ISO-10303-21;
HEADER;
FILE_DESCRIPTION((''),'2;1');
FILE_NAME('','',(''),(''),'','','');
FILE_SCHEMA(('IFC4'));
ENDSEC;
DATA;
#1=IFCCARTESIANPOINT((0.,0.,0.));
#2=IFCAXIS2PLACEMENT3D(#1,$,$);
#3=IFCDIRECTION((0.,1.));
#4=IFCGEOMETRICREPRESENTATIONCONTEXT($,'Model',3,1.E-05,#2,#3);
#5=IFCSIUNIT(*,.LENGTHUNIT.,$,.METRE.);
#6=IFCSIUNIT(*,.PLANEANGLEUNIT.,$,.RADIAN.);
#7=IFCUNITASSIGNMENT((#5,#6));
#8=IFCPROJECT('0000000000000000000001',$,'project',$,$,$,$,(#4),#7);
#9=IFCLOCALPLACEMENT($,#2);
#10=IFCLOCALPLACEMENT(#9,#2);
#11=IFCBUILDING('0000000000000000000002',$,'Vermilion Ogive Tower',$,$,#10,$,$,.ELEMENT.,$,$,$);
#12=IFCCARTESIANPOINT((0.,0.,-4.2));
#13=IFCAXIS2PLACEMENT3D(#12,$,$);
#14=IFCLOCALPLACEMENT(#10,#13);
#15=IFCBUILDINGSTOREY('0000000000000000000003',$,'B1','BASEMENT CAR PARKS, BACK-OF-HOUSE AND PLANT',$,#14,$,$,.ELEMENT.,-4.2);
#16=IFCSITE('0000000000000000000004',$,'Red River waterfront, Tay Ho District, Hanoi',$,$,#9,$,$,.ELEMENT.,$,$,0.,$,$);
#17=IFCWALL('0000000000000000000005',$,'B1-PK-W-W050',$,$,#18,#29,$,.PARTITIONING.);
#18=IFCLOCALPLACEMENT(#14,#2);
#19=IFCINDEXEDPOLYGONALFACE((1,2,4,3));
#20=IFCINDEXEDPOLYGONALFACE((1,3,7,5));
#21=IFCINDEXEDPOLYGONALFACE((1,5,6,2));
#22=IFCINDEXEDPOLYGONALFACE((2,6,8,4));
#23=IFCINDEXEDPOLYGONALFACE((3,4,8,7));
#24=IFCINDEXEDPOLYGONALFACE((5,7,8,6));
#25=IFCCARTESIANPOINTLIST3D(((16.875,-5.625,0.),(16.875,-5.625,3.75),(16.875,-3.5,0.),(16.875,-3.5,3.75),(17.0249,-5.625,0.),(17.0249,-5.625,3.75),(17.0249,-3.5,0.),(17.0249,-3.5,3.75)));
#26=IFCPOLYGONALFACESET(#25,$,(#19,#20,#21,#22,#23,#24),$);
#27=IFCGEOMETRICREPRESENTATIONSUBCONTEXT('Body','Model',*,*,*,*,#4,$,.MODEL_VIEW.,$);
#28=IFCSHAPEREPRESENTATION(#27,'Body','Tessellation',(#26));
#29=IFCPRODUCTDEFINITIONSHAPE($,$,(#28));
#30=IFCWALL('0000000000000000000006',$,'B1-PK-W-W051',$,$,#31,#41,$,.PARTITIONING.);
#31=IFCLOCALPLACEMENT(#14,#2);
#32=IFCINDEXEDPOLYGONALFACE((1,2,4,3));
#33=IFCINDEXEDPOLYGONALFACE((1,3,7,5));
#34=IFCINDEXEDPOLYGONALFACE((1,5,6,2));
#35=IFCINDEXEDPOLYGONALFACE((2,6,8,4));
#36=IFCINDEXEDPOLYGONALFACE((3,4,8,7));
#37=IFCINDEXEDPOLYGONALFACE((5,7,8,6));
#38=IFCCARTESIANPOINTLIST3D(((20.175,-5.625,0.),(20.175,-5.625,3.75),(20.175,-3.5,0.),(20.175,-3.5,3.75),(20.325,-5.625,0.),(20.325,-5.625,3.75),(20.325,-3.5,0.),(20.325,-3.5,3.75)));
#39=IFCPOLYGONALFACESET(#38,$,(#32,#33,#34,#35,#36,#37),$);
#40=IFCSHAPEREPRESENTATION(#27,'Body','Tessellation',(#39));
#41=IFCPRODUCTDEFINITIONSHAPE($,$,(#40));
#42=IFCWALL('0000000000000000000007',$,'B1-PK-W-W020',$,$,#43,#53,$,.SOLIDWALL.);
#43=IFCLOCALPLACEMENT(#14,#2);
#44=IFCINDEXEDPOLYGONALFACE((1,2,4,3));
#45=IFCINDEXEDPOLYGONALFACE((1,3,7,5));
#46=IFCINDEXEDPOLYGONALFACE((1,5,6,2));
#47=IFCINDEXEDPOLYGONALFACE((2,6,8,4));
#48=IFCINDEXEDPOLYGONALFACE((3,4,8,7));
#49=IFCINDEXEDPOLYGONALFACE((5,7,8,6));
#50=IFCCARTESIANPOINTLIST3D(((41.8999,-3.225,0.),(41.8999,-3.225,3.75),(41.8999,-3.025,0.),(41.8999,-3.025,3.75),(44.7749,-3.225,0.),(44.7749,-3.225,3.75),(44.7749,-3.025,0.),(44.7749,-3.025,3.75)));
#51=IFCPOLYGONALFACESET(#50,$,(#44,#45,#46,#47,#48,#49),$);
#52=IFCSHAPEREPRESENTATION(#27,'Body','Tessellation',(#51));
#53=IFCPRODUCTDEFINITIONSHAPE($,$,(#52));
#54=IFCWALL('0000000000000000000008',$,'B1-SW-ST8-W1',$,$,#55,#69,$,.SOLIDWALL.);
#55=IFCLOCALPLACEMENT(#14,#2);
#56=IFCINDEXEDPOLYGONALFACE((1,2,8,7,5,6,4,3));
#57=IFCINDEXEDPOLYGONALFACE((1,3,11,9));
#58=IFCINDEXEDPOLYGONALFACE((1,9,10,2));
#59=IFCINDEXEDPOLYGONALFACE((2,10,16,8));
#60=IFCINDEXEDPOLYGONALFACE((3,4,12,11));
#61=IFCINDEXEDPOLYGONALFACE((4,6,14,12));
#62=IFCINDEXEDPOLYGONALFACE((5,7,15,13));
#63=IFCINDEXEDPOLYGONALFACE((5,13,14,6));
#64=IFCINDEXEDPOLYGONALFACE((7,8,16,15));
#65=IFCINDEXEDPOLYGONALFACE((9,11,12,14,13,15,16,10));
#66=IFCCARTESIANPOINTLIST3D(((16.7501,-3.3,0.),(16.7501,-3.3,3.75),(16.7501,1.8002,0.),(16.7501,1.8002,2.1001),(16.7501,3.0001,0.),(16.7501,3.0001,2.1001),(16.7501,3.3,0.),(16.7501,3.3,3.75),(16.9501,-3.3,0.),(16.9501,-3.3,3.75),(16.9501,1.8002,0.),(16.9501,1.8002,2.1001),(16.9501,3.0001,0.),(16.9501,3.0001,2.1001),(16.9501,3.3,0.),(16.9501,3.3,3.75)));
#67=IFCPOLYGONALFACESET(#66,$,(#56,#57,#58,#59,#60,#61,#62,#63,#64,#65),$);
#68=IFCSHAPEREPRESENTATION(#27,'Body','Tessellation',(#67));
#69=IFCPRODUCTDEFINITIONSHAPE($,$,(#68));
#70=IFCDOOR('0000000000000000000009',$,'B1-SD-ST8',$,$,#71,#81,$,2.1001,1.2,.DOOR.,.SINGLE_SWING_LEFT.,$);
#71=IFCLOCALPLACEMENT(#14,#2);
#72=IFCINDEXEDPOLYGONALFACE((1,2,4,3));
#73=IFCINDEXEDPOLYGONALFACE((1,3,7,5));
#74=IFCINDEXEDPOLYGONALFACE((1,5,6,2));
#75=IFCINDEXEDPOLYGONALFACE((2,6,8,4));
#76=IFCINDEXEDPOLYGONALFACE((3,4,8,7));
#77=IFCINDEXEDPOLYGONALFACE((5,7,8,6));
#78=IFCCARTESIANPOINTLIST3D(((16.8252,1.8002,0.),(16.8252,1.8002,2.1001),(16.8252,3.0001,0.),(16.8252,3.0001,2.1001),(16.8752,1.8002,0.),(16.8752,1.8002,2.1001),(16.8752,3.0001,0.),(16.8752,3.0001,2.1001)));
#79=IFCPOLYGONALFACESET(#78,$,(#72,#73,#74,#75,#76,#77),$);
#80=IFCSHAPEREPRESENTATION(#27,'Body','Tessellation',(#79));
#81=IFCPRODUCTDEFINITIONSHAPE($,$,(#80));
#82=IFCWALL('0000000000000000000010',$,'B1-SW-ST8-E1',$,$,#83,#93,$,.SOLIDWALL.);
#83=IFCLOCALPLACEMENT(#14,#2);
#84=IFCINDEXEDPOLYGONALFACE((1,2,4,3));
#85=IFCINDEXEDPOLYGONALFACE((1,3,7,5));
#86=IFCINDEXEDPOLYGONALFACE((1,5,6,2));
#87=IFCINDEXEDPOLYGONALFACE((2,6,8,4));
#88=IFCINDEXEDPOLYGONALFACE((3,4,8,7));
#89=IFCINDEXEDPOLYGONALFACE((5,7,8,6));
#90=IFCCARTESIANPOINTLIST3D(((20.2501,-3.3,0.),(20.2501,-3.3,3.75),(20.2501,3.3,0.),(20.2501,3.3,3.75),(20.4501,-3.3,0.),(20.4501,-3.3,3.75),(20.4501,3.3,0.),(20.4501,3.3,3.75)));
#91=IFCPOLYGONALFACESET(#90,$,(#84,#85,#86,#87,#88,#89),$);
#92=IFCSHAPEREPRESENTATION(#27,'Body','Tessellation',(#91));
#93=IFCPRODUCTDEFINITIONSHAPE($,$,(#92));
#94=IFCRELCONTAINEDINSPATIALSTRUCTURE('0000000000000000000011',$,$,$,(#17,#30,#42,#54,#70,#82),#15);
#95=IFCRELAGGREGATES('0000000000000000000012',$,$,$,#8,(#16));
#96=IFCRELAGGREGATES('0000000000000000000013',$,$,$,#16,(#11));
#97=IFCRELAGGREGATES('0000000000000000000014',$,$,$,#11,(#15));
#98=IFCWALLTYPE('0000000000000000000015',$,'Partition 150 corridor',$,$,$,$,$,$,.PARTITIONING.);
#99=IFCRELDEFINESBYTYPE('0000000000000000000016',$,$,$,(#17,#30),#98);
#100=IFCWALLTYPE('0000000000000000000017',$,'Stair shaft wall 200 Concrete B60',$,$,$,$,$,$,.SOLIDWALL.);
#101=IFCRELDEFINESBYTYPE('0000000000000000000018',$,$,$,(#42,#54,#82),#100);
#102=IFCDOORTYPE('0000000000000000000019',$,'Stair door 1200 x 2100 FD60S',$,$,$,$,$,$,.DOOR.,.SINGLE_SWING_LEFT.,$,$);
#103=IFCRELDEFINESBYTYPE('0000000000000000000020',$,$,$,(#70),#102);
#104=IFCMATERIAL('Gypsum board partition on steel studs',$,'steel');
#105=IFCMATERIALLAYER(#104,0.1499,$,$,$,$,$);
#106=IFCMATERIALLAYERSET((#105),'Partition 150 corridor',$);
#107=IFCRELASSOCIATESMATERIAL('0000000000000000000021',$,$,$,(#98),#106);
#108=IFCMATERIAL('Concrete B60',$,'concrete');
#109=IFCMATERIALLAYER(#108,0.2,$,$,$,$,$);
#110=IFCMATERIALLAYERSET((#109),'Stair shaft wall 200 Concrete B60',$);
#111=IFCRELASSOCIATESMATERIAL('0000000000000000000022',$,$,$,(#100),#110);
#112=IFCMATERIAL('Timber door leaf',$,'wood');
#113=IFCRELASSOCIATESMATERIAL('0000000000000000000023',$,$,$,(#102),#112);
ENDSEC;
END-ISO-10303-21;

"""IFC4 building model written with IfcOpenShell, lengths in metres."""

from ifc_helpers import new_model, si_unit, direction, frame, frame_2d, origin, place, context, subcontext, project, spatial, rectangle, extrude, material, layer, layer_set, type_object, element, fill, save


model = new_model("IFC4")

# Units and contexts
model_context = context("Model", 3, precision=1e-05, world=origin(), true_north=direction((0.0, 1.0)))
body_context = subcontext(model_context, "Body", "Model", "MODEL_VIEW")
ifc_project = project(units=[si_unit("LENGTHUNIT", "METRE"), si_unit("PLANEANGLEUNIT", "RADIAN")], contexts=[model_context])

# Site, building, storey
site_placement = place(None, origin())
site = spatial("IfcSite", under=ifc_project, at=site_placement, Name="Red River waterfront, Tay Ho District, Hanoi", CompositionType="ELEMENT", RefElevation=0.0)
building_placement = place(site_placement, origin())
building = spatial("IfcBuilding", under=site, at=building_placement, Name="Vermilion Ogive Tower", CompositionType="ELEMENT")
storey_placement = place(building_placement, frame((0.0, 0.0, -4.2)))
storey = spatial("IfcBuildingStorey", under=building, at=storey_placement, Name="B1", Description="BASEMENT CAR PARKS, BACK-OF-HOUSE AND PLANT", CompositionType="ELEMENT", Elevation=-4.2)

# Shared definitions
ifc_material_1 = material(Name="Gypsum board partition on steel studs", Category="steel")
ifc_layer_1 = layer(ifc_material_1, 0.1499)
ifc_layer_set_1 = layer_set([ifc_layer_1], Name="Partition 150 corridor")
wall_type_1 = type_object("IfcWallType", Name="Partition 150 corridor", PredefinedType="PARTITIONING", material=ifc_layer_set_1)

# Walls
for number, where, z_axis, x_axis, name in (
    (1, (16.95, -5.625, 0.0), (0.0, 0.0, 1.0), (0.0, 1.0, 0.0), "B1-PK-W-W050"),
    (2, (20.25, -5.625, 0.0), (0.0, 0.0, 1.0), (0.0, 1.0, 0.0), "B1-PK-W-W051"),
):
    element("IfcWall", number, at=place(storey_placement, frame(where, z_axis=z_axis, x_axis=x_axis)), inside=storey, type_object=wall_type_1, Name=name, PredefinedType="PARTITIONING", context=body_context, shape_type="SweptSolid", body=[
        extrude(rectangle(XDim=2.125, YDim=0.1499, at=frame_2d((1.0625, 0.0))), origin(), (0.0, 0.0, 1.0), 3.75),
    ])
ifc_material_2 = material(Name="Concrete B60", Category="concrete")
ifc_layer_2 = layer(ifc_material_2, 0.2)
ifc_layer_set_2 = layer_set([ifc_layer_2], Name="Stair shaft wall 200 Concrete B60")
wall_type_2 = type_object("IfcWallType", Name="Stair shaft wall 200 Concrete B60", PredefinedType="SOLIDWALL", material=ifc_layer_set_2)
wall_1_placement = place(storey_placement, frame((41.8999, -3.125, 0.0), z_axis=(0.0, 0.0, 1.0), x_axis=(1.0, 0.0, 0.0)))
element("IfcWall", 3, at=wall_1_placement, inside=storey, type_object=wall_type_2, Name="B1-PK-W-W020", PredefinedType="SOLIDWALL", context=body_context, shape_type="SweptSolid", body=[
    extrude(rectangle(XDim=2.875, YDim=0.2, at=frame_2d((1.4375, 0.0))), origin(), (0.0, 0.0, 1.0), 3.75),
])

# Wall, opening, door
wall_2_placement = place(storey_placement, frame((16.8501, -3.3, 0.0), z_axis=(0.0, 0.0, 1.0), x_axis=(0.0, 1.0, 0.0)))
wall_2 = element("IfcWall", 4, at=wall_2_placement, inside=storey, type_object=wall_type_2, Name="B1-SW-ST8-W1", PredefinedType="SOLIDWALL", context=body_context, shape_type="SweptSolid", body=[
    extrude(rectangle(XDim=6.6001, YDim=0.2, at=frame_2d((3.3, 0.0))), origin(), (0.0, 0.0, 1.0), 3.75),
])
opening_1_placement = place(wall_2_placement, frame((5.1001, 0.0, 0.0)))
opening_1 = element("IfcOpeningElement", 5, at=opening_1_placement, cuts=wall_2, PredefinedType="OPENING", context=body_context, shape_type="SweptSolid", body=[
    extrude(rectangle(XDim=1.2, YDim=2.1001, at=frame_2d((0.6001, 1.05))), frame((0.0, 0.1099, 0.0), z_axis=(0.0, -1.0, 0.0), x_axis=(1.0, 0.0, 0.0)), (0.0, 0.0, 1.0), 0.22),
])
ifc_material_3 = material(Name="Timber door leaf", Category="wood")
door_type_1 = type_object("IfcDoorType", Name="Stair door 1200 x 2100 FD60S", OperationType="SINGLE_SWING_LEFT", PredefinedType="DOOR", material=ifc_material_3)
door_1_placement = place(opening_1_placement, origin())
door_1 = element("IfcDoor", 6, at=door_1_placement, inside=storey, type_object=door_type_1, Name="B1-SD-ST8", OperationType="SINGLE_SWING_LEFT", OverallHeight=2.1001, OverallWidth=1.2, PredefinedType="DOOR", context=body_context, shape_type="SweptSolid", body=[
    extrude(rectangle(XDim=1.2, YDim=2.1001, at=frame_2d((0.6001, 1.05))), frame((0.0, 0.0249, 0.0), z_axis=(0.0, -1.0, 0.0), x_axis=(1.0, 0.0, 0.0)), (0.0, 0.0, 1.0), 0.05),
])
fill(opening_1, door_1)

# Wall
wall_3_placement = place(storey_placement, frame((20.3501, -3.3, 0.0), z_axis=(0.0, 0.0, 1.0), x_axis=(0.0, 1.0, 0.0)))
element("IfcWall", 7, at=wall_3_placement, inside=storey, type_object=wall_type_2, Name="B1-SW-ST8-E1", PredefinedType="SOLIDWALL", context=body_context, shape_type="SweptSolid", body=[
    extrude(rectangle(XDim=6.6001, YDim=0.2, at=frame_2d((3.3, 0.0))), origin(), (0.0, 0.0, 1.0), 3.75),
])

save(model, "model.ifc")
